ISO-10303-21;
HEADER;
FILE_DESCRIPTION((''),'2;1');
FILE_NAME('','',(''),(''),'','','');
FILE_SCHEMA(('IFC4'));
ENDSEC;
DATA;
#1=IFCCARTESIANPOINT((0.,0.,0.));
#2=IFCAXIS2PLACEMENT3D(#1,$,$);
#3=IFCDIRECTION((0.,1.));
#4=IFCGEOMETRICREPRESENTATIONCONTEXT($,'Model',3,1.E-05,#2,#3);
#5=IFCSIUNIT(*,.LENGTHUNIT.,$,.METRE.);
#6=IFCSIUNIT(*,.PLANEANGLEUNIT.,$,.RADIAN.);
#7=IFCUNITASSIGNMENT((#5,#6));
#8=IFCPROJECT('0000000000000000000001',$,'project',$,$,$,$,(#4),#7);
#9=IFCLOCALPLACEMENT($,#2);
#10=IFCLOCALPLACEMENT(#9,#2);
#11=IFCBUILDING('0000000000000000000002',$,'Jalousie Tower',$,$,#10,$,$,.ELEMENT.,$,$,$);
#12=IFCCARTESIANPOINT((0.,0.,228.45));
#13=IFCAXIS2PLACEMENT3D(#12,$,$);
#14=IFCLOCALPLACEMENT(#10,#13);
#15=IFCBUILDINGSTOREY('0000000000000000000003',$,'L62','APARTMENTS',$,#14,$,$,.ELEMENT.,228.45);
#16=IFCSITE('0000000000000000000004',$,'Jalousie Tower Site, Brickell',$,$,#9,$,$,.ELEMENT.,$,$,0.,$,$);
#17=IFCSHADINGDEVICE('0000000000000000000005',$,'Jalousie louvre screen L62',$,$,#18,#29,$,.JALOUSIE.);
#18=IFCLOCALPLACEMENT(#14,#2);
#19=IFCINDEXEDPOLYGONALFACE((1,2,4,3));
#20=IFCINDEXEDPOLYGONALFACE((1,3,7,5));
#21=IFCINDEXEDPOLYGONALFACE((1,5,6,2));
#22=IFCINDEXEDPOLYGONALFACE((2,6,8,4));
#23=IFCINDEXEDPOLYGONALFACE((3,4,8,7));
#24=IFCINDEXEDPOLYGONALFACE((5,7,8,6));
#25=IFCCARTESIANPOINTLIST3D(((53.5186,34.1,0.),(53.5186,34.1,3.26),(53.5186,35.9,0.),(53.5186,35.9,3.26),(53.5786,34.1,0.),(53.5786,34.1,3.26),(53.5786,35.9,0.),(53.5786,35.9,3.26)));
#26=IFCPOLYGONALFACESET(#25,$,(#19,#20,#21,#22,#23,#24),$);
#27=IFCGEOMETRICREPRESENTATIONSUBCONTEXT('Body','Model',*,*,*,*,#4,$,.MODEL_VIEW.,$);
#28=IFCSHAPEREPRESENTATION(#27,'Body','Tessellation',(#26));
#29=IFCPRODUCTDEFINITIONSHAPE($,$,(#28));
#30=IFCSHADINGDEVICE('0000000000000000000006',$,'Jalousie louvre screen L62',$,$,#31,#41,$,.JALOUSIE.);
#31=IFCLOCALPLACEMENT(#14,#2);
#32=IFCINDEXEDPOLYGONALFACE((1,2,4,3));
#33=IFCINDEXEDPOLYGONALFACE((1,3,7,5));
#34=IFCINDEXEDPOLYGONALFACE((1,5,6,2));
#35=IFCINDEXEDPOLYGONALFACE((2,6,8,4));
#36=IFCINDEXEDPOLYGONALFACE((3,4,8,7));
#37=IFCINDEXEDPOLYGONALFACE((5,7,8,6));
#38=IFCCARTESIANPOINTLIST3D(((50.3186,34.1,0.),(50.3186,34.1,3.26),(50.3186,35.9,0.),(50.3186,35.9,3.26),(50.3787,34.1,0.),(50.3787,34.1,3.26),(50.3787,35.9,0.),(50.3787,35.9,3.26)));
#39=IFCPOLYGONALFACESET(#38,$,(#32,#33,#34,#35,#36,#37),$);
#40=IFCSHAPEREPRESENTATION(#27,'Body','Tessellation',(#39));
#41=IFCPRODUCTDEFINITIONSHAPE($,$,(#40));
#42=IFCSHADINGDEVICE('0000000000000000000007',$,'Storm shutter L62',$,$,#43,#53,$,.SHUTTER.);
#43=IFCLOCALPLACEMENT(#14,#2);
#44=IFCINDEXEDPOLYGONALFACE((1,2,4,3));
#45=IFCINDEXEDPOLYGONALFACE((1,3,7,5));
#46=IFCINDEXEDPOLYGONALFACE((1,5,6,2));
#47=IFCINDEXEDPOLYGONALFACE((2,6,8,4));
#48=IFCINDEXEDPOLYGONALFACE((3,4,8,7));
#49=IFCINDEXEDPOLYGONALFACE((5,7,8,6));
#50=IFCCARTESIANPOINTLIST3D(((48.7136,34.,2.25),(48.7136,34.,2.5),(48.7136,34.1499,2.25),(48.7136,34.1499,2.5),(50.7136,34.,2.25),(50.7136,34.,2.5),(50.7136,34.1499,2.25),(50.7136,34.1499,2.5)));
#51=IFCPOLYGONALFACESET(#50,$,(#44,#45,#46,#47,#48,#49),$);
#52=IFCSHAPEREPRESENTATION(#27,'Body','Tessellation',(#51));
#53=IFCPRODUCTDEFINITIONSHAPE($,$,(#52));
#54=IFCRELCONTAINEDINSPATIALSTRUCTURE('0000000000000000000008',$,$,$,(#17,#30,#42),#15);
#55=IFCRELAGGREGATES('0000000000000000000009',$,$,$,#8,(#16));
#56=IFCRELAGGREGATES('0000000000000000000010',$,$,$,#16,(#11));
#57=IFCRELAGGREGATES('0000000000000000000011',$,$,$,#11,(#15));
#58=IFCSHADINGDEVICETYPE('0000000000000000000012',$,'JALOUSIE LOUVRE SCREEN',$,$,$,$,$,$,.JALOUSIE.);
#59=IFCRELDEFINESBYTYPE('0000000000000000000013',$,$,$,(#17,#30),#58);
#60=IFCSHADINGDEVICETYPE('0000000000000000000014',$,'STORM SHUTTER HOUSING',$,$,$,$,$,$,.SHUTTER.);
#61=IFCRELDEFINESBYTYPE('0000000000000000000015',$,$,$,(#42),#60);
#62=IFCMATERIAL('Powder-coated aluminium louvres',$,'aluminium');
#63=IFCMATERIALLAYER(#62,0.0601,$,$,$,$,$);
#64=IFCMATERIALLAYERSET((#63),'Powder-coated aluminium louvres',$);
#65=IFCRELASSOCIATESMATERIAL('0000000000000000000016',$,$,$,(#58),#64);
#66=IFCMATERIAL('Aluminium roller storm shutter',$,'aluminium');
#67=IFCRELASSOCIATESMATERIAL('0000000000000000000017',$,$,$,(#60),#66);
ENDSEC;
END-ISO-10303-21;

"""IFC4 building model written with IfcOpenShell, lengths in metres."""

from ifc_helpers import new_model, si_unit, direction, frame, origin, origin_2d, place, context, subcontext, project, spatial, rectangle, extrude, material, layer, layer_set, type_object, element, save


model = new_model("IFC4")

# Units and contexts
model_context = context("Model", 3, precision=1e-05, world=origin(), true_north=direction((0.0, 1.0)))
body_context = subcontext(model_context, "Body", "Model", "MODEL_VIEW")
ifc_project = project(units=[si_unit("LENGTHUNIT", "METRE"), si_unit("PLANEANGLEUNIT", "RADIAN")], contexts=[model_context])

# Site, building, storey
site_placement = place(None, origin())
site = spatial("IfcSite", under=ifc_project, at=site_placement, Name="Jalousie Tower Site, Brickell", CompositionType="ELEMENT", RefElevation=0.0)
building_placement = place(site_placement, origin())
building = spatial("IfcBuilding", under=site, at=building_placement, Name="Jalousie Tower", CompositionType="ELEMENT")
storey_placement = place(building_placement, frame((0.0, 0.0, 228.45)))
storey = spatial("IfcBuildingStorey", under=building, at=storey_placement, Name="L62", Description="APARTMENTS", CompositionType="ELEMENT", Elevation=228.45)

# Shading devices
ifc_material_1 = material(Name="Powder-coated aluminium louvres", Category="aluminium")
ifc_layer_1 = layer(ifc_material_1, 0.0601)
ifc_layer_set_1 = layer_set([ifc_layer_1], Name="Powder-coated aluminium louvres")
shading_device_type_1 = type_object("IfcShadingDeviceType", Name="JALOUSIE LOUVRE SCREEN", PredefinedType="JALOUSIE", material=ifc_layer_set_1)
for number, where, z_axis, x_axis, name in (
    (1, (53.5486, 35.0, 0.0), (0.0, 0.0, 1.0), (-1.0, 0.0, 0.0), "Jalousie louvre screen L62"),
    (2, (50.3486, 35.0, 0.0), (0.0, 0.0, 1.0), (-1.0, 0.0, 0.0), "Jalousie louvre screen L62"),
):
    element("IfcShadingDevice", number, at=place(storey_placement, frame(where, z_axis=z_axis, x_axis=x_axis)), inside=storey, type_object=shading_device_type_1, Name=name, PredefinedType="JALOUSIE", context=body_context, shape_type="SweptSolid", body=[
        extrude(rectangle(XDim=0.0601, YDim=1.8, at=origin_2d()), origin(), (0.0, 0.0, 1.0), 3.26),
    ])
ifc_material_2 = material(Name="Aluminium roller storm shutter", Category="aluminium")
shading_device_type_2 = type_object("IfcShadingDeviceType", Name="STORM SHUTTER HOUSING", PredefinedType="SHUTTER", material=ifc_material_2)
shading_device_placement = place(storey_placement, frame((49.7136, 34.075, 2.25), z_axis=(0.0, 0.0, 1.0), x_axis=(-1.0, 0.0, 0.0)))
element("IfcShadingDevice", 3, at=shading_device_placement, inside=storey, type_object=shading_device_type_2, Name="Storm shutter L62", PredefinedType="SHUTTER", context=body_context, shape_type="SweptSolid", body=[
    extrude(rectangle(XDim=2.0, YDim=0.1499, at=origin_2d()), origin(), (0.0, 0.0, 1.0), 0.25),
])

save(model, "model.ifc")
